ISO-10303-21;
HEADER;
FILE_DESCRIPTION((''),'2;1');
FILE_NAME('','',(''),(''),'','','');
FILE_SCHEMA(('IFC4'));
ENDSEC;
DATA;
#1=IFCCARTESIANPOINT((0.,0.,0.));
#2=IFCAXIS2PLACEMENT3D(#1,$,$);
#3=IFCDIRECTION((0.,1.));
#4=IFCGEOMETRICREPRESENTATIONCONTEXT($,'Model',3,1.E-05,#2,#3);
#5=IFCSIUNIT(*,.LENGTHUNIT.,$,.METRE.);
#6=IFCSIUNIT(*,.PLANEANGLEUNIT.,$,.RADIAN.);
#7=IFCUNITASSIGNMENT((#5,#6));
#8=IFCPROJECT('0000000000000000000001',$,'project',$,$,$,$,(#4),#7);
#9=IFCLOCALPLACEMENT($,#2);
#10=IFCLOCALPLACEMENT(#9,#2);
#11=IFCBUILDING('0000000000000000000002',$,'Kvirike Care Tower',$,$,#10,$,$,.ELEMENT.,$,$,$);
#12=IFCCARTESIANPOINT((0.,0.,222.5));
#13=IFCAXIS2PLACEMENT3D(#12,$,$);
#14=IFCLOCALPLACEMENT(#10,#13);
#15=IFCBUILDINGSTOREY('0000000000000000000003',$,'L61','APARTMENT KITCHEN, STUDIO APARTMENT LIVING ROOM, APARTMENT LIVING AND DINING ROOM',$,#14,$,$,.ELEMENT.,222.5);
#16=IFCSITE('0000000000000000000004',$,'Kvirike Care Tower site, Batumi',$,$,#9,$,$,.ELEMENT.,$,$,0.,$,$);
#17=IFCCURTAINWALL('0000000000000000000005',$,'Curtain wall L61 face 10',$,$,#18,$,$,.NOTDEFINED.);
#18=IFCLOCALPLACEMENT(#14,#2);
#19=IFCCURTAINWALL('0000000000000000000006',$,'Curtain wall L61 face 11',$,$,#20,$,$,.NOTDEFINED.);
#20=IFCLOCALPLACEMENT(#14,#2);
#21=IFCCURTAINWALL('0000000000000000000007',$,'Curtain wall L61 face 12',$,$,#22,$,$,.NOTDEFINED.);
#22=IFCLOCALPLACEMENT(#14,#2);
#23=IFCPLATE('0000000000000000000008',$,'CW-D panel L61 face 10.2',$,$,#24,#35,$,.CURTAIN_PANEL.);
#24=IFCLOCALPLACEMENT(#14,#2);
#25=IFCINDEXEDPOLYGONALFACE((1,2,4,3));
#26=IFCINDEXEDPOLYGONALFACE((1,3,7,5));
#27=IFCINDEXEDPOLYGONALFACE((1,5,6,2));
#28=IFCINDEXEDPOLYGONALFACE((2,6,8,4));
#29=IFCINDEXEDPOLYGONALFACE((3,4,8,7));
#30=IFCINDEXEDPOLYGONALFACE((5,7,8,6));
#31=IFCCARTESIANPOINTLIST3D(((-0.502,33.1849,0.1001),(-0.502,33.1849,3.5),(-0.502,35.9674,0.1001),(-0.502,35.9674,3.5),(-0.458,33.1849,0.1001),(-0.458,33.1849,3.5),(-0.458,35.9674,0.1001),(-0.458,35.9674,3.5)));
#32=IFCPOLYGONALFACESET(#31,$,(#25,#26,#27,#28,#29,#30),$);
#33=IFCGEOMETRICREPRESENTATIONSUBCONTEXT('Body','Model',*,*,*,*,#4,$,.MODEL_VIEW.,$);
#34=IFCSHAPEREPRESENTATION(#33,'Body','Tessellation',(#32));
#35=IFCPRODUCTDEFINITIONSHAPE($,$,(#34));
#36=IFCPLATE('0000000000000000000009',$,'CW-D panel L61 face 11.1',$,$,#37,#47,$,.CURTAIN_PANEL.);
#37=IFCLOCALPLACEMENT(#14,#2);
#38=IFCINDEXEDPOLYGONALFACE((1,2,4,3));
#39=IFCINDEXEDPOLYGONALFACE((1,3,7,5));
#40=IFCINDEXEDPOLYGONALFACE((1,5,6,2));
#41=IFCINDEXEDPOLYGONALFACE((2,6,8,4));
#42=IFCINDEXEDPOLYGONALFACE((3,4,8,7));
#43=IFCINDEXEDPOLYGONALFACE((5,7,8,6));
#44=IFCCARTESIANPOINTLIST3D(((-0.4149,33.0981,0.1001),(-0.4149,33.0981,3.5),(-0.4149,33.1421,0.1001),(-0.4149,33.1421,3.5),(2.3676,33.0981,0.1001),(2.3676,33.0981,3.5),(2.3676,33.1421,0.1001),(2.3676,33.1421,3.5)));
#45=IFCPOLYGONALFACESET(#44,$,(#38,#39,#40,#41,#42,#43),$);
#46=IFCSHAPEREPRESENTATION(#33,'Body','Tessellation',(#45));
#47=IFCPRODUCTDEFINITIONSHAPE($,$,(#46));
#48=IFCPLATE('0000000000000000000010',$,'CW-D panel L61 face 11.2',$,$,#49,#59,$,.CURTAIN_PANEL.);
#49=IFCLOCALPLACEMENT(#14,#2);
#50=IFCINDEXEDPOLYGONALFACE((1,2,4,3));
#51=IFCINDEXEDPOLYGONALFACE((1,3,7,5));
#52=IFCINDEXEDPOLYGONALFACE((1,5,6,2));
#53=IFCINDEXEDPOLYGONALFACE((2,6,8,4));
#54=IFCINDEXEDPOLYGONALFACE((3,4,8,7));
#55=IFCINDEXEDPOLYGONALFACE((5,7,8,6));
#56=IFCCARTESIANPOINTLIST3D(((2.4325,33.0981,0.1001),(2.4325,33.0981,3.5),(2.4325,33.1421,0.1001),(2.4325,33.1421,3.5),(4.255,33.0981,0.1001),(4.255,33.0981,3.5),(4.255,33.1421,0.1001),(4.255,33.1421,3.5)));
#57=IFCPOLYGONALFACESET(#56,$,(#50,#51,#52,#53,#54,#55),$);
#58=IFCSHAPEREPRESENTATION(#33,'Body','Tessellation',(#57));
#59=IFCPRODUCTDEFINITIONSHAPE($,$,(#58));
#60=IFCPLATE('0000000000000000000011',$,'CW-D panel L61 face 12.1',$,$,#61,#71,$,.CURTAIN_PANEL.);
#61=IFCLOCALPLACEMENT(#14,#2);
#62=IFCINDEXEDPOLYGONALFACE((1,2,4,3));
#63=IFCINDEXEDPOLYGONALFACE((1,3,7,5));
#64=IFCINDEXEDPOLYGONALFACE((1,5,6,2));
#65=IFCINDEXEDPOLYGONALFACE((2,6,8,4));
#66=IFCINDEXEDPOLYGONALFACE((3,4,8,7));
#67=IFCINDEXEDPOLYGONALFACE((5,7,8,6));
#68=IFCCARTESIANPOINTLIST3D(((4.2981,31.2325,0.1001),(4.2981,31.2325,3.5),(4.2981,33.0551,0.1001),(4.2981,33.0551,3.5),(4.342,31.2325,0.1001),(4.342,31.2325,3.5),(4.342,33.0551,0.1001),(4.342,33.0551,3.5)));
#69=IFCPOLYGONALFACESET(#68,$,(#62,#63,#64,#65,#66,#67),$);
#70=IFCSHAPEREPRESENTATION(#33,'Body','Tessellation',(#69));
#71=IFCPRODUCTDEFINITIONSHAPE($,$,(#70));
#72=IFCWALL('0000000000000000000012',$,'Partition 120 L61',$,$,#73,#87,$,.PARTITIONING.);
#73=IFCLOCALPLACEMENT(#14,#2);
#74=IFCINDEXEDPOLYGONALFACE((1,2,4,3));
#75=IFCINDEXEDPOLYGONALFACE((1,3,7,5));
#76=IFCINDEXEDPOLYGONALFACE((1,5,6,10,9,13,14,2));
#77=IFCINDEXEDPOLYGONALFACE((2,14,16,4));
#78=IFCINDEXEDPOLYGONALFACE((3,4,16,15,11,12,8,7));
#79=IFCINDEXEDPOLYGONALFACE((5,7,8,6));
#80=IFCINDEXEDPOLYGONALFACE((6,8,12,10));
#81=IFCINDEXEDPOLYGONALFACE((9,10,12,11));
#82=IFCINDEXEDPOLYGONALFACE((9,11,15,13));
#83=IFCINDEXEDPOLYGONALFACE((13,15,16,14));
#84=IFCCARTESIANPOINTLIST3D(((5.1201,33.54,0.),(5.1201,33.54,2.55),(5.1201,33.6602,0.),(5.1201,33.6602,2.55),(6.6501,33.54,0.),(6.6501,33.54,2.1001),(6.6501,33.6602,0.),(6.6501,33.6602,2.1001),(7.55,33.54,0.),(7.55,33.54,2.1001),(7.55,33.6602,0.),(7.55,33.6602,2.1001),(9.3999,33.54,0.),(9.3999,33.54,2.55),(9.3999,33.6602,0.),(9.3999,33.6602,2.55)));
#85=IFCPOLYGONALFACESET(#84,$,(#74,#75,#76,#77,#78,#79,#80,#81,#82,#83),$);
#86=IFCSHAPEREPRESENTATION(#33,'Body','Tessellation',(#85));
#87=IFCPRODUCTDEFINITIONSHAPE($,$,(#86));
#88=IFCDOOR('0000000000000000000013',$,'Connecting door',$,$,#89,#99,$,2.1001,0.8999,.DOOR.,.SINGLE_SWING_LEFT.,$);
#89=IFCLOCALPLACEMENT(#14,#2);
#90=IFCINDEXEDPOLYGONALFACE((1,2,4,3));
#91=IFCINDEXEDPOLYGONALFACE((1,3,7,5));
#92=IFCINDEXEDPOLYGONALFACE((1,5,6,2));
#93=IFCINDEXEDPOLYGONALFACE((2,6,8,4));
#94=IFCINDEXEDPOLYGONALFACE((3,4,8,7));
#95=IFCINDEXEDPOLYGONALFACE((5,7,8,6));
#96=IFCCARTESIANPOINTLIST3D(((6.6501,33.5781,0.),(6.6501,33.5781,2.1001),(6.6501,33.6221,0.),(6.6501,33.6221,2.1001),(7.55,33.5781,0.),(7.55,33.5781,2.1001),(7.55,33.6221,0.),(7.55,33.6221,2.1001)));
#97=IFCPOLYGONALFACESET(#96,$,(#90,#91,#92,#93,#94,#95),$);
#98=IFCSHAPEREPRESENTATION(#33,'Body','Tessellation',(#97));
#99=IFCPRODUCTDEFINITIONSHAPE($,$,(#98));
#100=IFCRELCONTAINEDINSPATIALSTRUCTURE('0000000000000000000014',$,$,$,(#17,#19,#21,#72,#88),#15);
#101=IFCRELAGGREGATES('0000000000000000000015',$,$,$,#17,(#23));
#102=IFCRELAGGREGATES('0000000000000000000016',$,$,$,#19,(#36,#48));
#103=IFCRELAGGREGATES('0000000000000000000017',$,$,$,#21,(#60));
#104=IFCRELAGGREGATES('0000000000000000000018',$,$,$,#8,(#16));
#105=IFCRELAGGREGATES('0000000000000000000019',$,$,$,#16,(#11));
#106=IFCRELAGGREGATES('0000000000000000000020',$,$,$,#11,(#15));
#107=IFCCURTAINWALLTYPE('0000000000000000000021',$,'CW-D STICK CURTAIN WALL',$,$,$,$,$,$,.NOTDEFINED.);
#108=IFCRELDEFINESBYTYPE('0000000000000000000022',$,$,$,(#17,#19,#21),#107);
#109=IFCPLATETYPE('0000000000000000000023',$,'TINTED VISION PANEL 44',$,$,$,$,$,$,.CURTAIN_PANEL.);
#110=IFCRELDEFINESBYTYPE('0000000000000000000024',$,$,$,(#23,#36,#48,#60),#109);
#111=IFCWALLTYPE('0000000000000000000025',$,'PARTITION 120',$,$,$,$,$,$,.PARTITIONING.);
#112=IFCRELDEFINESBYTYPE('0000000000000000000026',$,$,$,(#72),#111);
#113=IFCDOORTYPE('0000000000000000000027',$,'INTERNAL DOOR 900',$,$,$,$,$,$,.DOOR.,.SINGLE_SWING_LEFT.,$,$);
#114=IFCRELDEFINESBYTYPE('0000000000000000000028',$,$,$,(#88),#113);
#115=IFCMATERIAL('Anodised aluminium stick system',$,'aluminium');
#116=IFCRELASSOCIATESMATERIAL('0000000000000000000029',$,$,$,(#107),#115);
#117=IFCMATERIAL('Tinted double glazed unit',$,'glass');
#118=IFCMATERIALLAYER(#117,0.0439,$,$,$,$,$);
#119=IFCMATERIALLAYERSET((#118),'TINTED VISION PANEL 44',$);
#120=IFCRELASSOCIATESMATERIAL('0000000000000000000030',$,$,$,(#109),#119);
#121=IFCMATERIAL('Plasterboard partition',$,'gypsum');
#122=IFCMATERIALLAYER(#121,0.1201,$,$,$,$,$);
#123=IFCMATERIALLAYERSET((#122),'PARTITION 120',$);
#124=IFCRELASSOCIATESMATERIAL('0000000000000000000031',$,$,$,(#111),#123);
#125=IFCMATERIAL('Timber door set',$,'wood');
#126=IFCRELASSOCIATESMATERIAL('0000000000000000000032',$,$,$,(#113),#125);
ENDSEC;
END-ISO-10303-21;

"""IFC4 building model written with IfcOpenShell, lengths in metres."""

from ifc_helpers import new_model, si_unit, direction, frame, frame_2d, origin, origin_2d, place, context, subcontext, project, spatial, rectangle, extrude, material, layer, layer_set, type_object, element, fill, aggregate, save


model = new_model("IFC4")

# Units and contexts
model_context = context("Model", 3, precision=1e-05, world=origin(), true_north=direction((0.0, 1.0)))
body_context = subcontext(model_context, "Body", "Model", "MODEL_VIEW")
ifc_project = project(units=[si_unit("LENGTHUNIT", "METRE"), si_unit("PLANEANGLEUNIT", "RADIAN")], contexts=[model_context])

# Site, building, storey
site_placement = place(None, origin())
site = spatial("IfcSite", under=ifc_project, at=site_placement, Name="Kvirike Care Tower site, Batumi", CompositionType="ELEMENT", RefElevation=0.0)
building_placement = place(site_placement, origin())
building = spatial("IfcBuilding", under=site, at=building_placement, Name="Kvirike Care Tower", CompositionType="ELEMENT")
storey_placement = place(building_placement, frame((0.0, 0.0, 222.5)))
storey = spatial("IfcBuildingStorey", under=building, at=storey_placement, Name="L61", Description="APARTMENT KITCHEN, STUDIO APARTMENT LIVING ROOM, APARTMENT LIVING AND DINING ROOM", CompositionType="ELEMENT", Elevation=222.5)

# Curtain walls
ifc_material_1 = material(Name="Anodised aluminium stick system", Category="aluminium")
curtain_wall_type = type_object("IfcCurtainWallType", Name="CW-D STICK CURTAIN WALL", PredefinedType="NOTDEFINED", material=ifc_material_1)
curtain_wall_1_placement = place(storey_placement, origin())
curtain_wall_1 = element("IfcCurtainWall", 1, at=curtain_wall_1_placement, inside=storey, type_object=curtain_wall_type, Name="Curtain wall L61 face 10", PredefinedType="NOTDEFINED")
curtain_wall_2_placement = place(storey_placement, origin())
curtain_wall_2 = element("IfcCurtainWall", 2, at=curtain_wall_2_placement, inside=storey, type_object=curtain_wall_type, Name="Curtain wall L61 face 11", PredefinedType="NOTDEFINED")

# Curtain wall
curtain_wall_3_placement = place(storey_placement, origin())
curtain_wall_3 = element("IfcCurtainWall", 3, at=curtain_wall_3_placement, inside=storey, type_object=curtain_wall_type, Name="Curtain wall L61 face 12", PredefinedType="NOTDEFINED")

# Plates
ifc_material_2 = material(Name="Tinted double glazed unit", Category="glass")
ifc_layer_1 = layer(ifc_material_2, 0.0439)
ifc_layer_set_1 = layer_set([ifc_layer_1], Name="TINTED VISION PANEL 44")
plate_type = type_object("IfcPlateType", Name="TINTED VISION PANEL 44", PredefinedType="CURTAIN_PANEL", material=ifc_layer_set_1)
plate_1_placement = place(storey_placement, frame((-0.48, 34.5762, 0.1001), z_axis=(0.0, 0.0, 1.0), x_axis=(0.0, -1.0, 0.0)))
plate_1 = element("IfcPlate", 4, at=plate_1_placement, type_object=plate_type, Name="CW-D panel L61 face 10.2", PredefinedType="CURTAIN_PANEL", context=body_context, shape_type="SweptSolid", body=[
    extrude(rectangle(XDim=2.7825, YDim=0.0439, at=origin_2d()), origin(), (0.0, 0.0, 1.0), 3.3999),
])
aggregate(curtain_wall_1, [plate_1])
plate_2_placement = place(storey_placement, frame((0.9763, 33.1201, 0.1001), z_axis=(0.0, 0.0, 1.0), x_axis=(1.0, 0.0, 0.0)))
plate_2 = element("IfcPlate", 5, at=plate_2_placement, type_object=plate_type, Name="CW-D panel L61 face 11.1", PredefinedType="CURTAIN_PANEL", context=body_context, shape_type="SweptSolid", body=[
    extrude(rectangle(XDim=2.7825, YDim=0.0439, at=origin_2d()), origin(), (0.0, 0.0, 1.0), 3.3999),
])
plate_3_placement = place(storey_placement, frame((3.3438, 33.1201, 0.1001), z_axis=(0.0, 0.0, 1.0), x_axis=(1.0, 0.0, 0.0)))
plate_3 = element("IfcPlate", 6, at=plate_3_placement, type_object=plate_type, Name="CW-D panel L61 face 11.2", PredefinedType="CURTAIN_PANEL", context=body_context, shape_type="SweptSolid", body=[
    extrude(rectangle(XDim=1.8225, YDim=0.0439, at=origin_2d()), origin(), (0.0, 0.0, 1.0), 3.3999),
])
aggregate(curtain_wall_2, [plate_2, plate_3])
plate_4_placement = place(storey_placement, frame((4.3201, 32.1438, 0.1001), z_axis=(0.0, 0.0, 1.0), x_axis=(0.0, -1.0, 0.0)))
plate_4 = element("IfcPlate", 7, at=plate_4_placement, type_object=plate_type, Name="CW-D panel L61 face 12.1", PredefinedType="CURTAIN_PANEL", context=body_context, shape_type="SweptSolid", body=[
    extrude(rectangle(XDim=1.8225, YDim=0.0439, at=origin_2d()), origin(), (0.0, 0.0, 1.0), 3.3999),
])
aggregate(curtain_wall_3, [plate_4])

# Wall, opening, door
ifc_material_3 = material(Name="Plasterboard partition", Category="gypsum")
ifc_layer_2 = layer(ifc_material_3, 0.1201)
ifc_layer_set_2 = layer_set([ifc_layer_2], Name="PARTITION 120")
wall_type = type_object("IfcWallType", Name="PARTITION 120", PredefinedType="PARTITIONING", material=ifc_layer_set_2)
wall_placement = place(storey_placement, frame((5.1201, 33.6001, 0.0), z_axis=(0.0, 0.0, 1.0), x_axis=(1.0, 0.0, 0.0)))
wall = element("IfcWall", 8, at=wall_placement, inside=storey, type_object=wall_type, Name="Partition 120 L61", PredefinedType="PARTITIONING", context=body_context, shape_type="SweptSolid", body=[
    extrude(rectangle(XDim=4.2798, YDim=0.1201, at=frame_2d((2.1399, 0.0))), origin(), (0.0, 0.0, 1.0), 2.55),
])
opening_placement = place(wall_placement, frame((1.53, 0.0, 0.0)))
opening = element("IfcOpeningElement", 9, at=opening_placement, cuts=wall, PredefinedType="OPENING", context=body_context, shape_type="SweptSolid", body=[
    extrude(rectangle(XDim=0.8999, YDim=2.1001, at=frame_2d((0.45, 1.05))), frame((0.0, 0.0706, 0.0), z_axis=(0.0, -1.0, 0.0), x_axis=(1.0, 0.0, 0.0)), (0.0, 0.0, 1.0), 0.1411),
])
ifc_material_4 = material(Name="Timber door set", Category="wood")
door_type = type_object("IfcDoorType", Name="INTERNAL DOOR 900", OperationType="SINGLE_SWING_LEFT", PredefinedType="DOOR", material=ifc_material_4)
door_placement = place(opening_placement, frame((0.8999, 0.0, 0.0), z_axis=(0.0, 0.0, 1.0), x_axis=(-1.0, 0.0, 0.0)))
door = element("IfcDoor", 10, at=door_placement, inside=storey, type_object=door_type, Name="Connecting door", OperationType="SINGLE_SWING_LEFT", OverallHeight=2.1001, OverallWidth=0.8999, PredefinedType="DOOR", context=body_context, shape_type="SweptSolid", body=[
    extrude(rectangle(XDim=0.8999, YDim=2.1001, at=frame_2d((0.45, 1.05))), frame((0.0, 0.022, 0.0), z_axis=(0.0, -1.0, 0.0), x_axis=(1.0, 0.0, 0.0)), (0.0, 0.0, 1.0), 0.0439),
])
fill(opening, door)

save(model, "model.ifc")
